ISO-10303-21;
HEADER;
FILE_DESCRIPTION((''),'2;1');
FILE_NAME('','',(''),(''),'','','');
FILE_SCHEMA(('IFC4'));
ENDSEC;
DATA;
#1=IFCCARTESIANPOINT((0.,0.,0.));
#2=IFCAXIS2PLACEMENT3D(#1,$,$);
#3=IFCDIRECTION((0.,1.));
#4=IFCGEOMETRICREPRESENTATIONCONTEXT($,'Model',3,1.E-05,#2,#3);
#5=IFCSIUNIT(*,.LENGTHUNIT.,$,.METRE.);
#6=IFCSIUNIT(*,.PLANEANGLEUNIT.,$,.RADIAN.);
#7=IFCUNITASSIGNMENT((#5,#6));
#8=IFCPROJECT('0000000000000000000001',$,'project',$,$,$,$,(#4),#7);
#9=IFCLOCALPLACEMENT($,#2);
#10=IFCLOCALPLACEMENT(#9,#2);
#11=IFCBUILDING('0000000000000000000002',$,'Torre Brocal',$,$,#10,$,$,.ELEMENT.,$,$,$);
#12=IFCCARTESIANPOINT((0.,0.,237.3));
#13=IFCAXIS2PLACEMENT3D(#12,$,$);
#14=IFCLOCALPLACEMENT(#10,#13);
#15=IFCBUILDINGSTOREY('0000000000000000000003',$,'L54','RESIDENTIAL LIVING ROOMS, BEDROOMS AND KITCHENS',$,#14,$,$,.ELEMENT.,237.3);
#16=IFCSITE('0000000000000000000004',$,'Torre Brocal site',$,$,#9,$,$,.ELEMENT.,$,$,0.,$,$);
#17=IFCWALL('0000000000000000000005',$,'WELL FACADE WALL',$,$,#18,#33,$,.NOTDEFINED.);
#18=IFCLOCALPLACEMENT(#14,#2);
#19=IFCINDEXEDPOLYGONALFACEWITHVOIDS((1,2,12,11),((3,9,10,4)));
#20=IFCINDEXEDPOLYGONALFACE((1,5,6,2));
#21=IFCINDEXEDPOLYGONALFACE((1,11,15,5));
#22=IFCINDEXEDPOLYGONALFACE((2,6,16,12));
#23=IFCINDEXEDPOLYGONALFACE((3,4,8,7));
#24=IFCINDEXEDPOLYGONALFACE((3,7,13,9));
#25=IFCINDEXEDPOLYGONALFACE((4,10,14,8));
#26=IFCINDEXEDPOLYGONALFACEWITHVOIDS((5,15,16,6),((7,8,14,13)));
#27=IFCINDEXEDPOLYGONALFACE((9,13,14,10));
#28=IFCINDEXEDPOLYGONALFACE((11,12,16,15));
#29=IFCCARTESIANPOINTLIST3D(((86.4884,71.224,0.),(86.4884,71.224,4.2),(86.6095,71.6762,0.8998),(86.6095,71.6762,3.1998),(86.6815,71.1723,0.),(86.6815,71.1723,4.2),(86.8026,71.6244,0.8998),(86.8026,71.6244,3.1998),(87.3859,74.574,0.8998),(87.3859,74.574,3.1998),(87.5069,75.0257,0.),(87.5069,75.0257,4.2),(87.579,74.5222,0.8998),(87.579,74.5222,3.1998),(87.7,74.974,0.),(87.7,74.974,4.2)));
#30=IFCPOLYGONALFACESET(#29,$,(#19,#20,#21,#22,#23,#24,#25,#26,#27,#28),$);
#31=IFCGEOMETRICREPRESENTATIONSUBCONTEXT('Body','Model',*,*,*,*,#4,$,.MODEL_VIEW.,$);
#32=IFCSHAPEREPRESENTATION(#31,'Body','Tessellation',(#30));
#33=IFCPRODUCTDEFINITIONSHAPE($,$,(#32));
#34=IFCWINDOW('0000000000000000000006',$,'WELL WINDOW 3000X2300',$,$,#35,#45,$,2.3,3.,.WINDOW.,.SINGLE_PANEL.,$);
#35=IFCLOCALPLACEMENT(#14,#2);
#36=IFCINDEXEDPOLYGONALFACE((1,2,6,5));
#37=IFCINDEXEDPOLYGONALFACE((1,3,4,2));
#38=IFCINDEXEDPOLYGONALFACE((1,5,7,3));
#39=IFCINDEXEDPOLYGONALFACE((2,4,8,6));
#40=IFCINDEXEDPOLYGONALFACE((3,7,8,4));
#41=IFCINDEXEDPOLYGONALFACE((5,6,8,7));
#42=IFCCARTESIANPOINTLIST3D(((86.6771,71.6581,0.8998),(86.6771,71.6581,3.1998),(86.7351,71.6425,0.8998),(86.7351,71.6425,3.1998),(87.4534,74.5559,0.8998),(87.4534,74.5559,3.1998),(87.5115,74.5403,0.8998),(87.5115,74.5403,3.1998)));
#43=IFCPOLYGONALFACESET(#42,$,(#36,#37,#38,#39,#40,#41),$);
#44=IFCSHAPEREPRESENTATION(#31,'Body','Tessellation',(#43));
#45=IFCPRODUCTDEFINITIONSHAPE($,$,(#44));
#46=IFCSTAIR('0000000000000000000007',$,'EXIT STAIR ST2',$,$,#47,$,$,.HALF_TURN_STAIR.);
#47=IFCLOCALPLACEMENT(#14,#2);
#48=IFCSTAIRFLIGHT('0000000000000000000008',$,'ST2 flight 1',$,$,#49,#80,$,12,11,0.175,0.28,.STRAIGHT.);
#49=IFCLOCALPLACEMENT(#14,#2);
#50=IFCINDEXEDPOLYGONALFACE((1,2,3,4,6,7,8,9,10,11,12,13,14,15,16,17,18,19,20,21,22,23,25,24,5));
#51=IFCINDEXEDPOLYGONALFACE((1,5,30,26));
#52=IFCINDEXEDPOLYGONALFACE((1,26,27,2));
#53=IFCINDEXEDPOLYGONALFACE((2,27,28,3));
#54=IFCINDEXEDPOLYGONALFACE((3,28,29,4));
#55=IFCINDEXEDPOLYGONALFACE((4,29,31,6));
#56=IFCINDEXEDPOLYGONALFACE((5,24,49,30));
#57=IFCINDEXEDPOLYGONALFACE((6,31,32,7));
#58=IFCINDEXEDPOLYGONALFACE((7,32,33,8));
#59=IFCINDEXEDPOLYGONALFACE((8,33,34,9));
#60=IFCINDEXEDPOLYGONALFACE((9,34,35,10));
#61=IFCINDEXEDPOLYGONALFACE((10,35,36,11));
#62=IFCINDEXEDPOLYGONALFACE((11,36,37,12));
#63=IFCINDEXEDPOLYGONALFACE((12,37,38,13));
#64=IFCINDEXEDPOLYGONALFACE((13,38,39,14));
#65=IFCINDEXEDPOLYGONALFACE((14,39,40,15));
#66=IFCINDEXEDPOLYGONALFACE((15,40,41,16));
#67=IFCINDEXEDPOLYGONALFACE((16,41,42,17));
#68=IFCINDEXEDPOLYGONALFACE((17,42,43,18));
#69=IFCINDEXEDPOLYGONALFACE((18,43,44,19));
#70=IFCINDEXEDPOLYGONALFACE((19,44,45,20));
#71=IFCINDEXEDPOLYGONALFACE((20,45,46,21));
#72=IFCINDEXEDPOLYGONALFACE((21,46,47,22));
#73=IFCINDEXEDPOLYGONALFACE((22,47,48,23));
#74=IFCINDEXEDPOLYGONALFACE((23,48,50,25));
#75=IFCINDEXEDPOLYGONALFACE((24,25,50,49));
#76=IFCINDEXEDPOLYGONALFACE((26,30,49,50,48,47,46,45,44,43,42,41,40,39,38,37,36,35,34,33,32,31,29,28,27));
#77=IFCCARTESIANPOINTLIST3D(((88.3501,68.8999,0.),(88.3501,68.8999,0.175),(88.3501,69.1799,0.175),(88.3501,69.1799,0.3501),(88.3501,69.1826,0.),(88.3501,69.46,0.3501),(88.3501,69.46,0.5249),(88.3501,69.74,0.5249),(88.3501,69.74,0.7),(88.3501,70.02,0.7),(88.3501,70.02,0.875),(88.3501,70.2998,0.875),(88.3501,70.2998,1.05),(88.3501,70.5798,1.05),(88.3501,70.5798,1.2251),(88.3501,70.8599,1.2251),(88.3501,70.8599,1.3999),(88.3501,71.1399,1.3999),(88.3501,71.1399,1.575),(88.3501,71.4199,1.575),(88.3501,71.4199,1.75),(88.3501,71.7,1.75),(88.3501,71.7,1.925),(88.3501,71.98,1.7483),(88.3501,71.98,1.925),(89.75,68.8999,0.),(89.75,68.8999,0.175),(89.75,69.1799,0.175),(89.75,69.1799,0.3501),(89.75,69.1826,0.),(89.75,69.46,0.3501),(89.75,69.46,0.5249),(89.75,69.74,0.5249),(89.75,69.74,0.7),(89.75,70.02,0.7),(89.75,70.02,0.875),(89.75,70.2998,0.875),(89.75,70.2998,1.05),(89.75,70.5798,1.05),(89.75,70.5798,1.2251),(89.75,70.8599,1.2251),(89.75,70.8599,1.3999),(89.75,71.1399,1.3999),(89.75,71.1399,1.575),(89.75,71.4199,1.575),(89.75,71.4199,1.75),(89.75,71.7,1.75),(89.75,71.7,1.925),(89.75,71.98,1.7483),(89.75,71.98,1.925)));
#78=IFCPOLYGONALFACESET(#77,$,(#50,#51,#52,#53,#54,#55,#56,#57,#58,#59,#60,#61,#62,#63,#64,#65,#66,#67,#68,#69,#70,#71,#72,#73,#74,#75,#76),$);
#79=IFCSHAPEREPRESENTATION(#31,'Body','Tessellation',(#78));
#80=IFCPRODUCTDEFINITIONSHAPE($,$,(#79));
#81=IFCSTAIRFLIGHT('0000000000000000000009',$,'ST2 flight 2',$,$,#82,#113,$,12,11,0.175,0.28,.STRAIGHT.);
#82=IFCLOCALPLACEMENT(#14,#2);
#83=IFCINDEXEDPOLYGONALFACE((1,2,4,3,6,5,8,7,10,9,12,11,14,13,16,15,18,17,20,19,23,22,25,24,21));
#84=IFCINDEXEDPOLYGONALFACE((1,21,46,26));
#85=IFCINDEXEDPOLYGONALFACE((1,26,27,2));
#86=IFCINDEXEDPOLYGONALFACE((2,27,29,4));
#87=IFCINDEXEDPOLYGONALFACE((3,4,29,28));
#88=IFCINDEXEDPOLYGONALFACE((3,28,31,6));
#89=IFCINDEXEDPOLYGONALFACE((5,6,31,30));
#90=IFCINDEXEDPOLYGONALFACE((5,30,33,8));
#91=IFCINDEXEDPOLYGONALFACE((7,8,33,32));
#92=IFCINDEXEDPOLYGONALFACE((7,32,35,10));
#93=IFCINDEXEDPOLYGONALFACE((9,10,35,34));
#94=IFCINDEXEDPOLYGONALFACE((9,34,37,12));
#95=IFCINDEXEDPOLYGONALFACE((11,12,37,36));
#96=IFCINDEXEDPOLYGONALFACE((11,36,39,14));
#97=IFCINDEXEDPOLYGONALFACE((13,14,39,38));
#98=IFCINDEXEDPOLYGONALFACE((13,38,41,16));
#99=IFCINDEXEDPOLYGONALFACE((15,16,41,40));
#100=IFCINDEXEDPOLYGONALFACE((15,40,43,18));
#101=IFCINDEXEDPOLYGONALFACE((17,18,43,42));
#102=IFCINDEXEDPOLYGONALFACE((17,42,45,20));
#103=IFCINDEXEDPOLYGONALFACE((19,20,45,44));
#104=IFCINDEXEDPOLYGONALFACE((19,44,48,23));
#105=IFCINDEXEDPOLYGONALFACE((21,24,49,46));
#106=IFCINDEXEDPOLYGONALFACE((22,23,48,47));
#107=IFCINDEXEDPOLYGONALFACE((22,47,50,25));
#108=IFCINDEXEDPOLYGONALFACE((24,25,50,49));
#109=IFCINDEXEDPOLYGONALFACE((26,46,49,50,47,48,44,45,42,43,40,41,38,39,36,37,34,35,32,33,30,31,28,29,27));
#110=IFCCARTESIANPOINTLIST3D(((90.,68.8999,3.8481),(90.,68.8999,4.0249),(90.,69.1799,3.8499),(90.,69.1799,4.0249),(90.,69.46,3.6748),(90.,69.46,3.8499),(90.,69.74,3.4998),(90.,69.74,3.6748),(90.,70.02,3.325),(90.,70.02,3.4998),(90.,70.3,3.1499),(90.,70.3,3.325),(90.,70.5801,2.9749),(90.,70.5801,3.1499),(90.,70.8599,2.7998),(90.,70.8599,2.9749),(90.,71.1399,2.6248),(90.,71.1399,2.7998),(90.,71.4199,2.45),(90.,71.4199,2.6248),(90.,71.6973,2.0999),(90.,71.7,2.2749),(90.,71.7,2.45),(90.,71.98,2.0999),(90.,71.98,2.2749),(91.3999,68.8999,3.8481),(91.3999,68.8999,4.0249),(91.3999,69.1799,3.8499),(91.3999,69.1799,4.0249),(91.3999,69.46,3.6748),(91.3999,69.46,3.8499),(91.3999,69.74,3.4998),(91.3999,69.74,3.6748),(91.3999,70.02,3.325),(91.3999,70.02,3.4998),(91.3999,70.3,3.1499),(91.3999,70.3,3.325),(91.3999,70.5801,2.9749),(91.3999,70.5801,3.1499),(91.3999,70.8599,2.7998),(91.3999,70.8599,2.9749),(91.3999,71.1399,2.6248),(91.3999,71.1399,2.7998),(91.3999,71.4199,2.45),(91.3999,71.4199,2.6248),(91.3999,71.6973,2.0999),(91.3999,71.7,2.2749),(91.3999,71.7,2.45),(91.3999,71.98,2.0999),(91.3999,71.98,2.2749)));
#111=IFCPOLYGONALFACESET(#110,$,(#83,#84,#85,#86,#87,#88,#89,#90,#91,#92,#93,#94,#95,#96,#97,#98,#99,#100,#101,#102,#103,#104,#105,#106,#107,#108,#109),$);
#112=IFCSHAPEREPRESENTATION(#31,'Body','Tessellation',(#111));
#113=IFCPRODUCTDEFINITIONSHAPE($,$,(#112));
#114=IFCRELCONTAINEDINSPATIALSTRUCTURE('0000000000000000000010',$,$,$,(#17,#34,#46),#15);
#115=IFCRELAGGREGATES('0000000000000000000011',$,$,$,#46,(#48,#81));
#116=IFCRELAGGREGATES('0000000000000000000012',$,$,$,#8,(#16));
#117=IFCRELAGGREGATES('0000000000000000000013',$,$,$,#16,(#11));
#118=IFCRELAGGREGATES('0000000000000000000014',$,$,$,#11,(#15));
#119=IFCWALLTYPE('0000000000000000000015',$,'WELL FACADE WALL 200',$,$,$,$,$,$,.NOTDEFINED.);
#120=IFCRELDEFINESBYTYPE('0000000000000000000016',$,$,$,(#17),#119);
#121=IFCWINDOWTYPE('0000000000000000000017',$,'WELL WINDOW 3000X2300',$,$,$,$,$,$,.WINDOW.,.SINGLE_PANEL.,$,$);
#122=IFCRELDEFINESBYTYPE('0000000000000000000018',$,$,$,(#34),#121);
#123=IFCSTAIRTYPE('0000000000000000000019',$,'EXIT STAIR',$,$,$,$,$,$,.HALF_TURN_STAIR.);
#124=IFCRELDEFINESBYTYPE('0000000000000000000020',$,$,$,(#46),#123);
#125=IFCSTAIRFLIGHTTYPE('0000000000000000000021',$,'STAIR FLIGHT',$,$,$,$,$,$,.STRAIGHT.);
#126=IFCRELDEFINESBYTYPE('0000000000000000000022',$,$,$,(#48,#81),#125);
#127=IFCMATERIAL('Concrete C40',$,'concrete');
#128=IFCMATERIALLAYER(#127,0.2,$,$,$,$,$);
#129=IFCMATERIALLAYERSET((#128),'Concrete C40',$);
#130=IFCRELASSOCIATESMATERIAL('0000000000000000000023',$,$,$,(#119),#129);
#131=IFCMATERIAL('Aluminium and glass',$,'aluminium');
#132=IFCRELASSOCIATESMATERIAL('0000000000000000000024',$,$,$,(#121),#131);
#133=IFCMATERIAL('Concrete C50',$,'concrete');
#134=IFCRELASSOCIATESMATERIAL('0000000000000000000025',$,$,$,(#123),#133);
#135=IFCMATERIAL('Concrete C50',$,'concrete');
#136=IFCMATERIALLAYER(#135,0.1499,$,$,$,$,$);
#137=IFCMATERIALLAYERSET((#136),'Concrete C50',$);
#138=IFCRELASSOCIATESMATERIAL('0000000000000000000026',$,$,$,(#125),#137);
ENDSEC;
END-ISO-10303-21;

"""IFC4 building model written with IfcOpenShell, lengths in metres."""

from ifc_helpers import new_model, si_unit, direction, frame, frame_2d, origin, place, context, subcontext, project, spatial, polyline, rectangle, outline, extrude, material, layer, layer_set, type_object, element, fill, aggregate, save


model = new_model("IFC4")

# Units and contexts
model_context = context("Model", 3, precision=1e-05, world=origin(), true_north=direction((0.0, 1.0)))
body_context = subcontext(model_context, "Body", "Model", "MODEL_VIEW")
ifc_project = project(units=[si_unit("LENGTHUNIT", "METRE"), si_unit("PLANEANGLEUNIT", "RADIAN")], contexts=[model_context])

# Site, building, storey
site_placement = place(None, origin())
site = spatial("IfcSite", under=ifc_project, at=site_placement, Name="Torre Brocal site", CompositionType="ELEMENT", RefElevation=0.0)
building_placement = place(site_placement, origin())
building = spatial("IfcBuilding", under=site, at=building_placement, Name="Torre Brocal", CompositionType="ELEMENT")
storey_placement = place(building_placement, frame((0.0, 0.0, 237.3)))
storey = spatial("IfcBuildingStorey", under=building, at=storey_placement, Name="L54", Description="RESIDENTIAL LIVING ROOMS, BEDROOMS AND KITCHENS", CompositionType="ELEMENT", Elevation=237.3)

# Wall, opening, window
ifc_material_1 = material(Name="Concrete C40", Category="concrete")
ifc_layer_1 = layer(ifc_material_1, 0.2)
ifc_layer_set_1 = layer_set([ifc_layer_1], Name="Concrete C40")
wall_type_1 = type_object("IfcWallType", Name="WELL FACADE WALL 200", PredefinedType="NOTDEFINED", material=ifc_layer_set_1)
ifc_material_2 = material(Name="Aluminium and glass", Category="aluminium")
window_type = type_object("IfcWindowType", Name="WELL WINDOW 3000X2300", PartitioningType="SINGLE_PANEL", PredefinedType="WINDOW", material=ifc_material_2)
wall_1_placement = place(storey_placement, frame((86.585, 71.1982, 0.0), z_axis=(0.0, 0.0, 1.0), x_axis=(0.25879, 0.965934, 0.0)))
wall_1 = element("IfcWall", 1, at=wall_1_placement, inside=storey, type_object=wall_type_1, Name="WELL FACADE WALL", PredefinedType="NOTDEFINED", context=body_context, shape_type="SweptSolid", body=[
    extrude(rectangle(XDim=3.9358, YDim=0.2, at=frame_2d((1.9678, 0.0))), origin(), (0.0, 0.0, 1.0), 4.2),
])
opening_1_placement = place(wall_1_placement, frame((0.468, 0.0, 0.8999)))
opening_1 = element("IfcOpeningElement", 2, at=opening_1_placement, cuts=wall_1, PredefinedType="OPENING", context=body_context, shape_type="SweptSolid", body=[
    extrude(rectangle(XDim=3.0, YDim=2.3, at=frame_2d((1.5, 1.1499))), frame((0.0, 0.1099, 0.0), z_axis=(0.0, -1.0, 0.0), x_axis=(1.0, 0.0, 0.0)), (0.0, 0.0, 1.0), 0.22),
])
window_1_placement = place(opening_1_placement, origin())
window_1 = element("IfcWindow", 3, at=window_1_placement, inside=storey, type_object=window_type, Name="WELL WINDOW 3000X2300", OverallHeight=2.3, OverallWidth=3.0, PartitioningType="SINGLE_PANEL", PredefinedType="WINDOW", context=body_context, shape_type="SweptSolid", body=[
    extrude(rectangle(XDim=3.0, YDim=2.3, at=frame_2d((1.5, 1.1499))), frame((0.0, 0.03, 0.0), z_axis=(0.0, -1.0, 0.0), x_axis=(1.0, 0.0, 0.0)), (0.0, 0.0, 1.0), 0.0601),
])
fill(opening_1, window_1)

# Stair, stair flights
ifc_material_3 = material(Name="Concrete C50", Category="concrete")
stair_type = type_object("IfcStairType", Name="EXIT STAIR", PredefinedType="HALF_TURN_STAIR", material=ifc_material_3)
stair_placement = place(storey_placement, origin())
stair = element("IfcStair", 4, at=stair_placement, inside=storey, type_object=stair_type, Name="EXIT STAIR ST2", PredefinedType="HALF_TURN_STAIR")
ifc_material_4 = material(Name="Concrete C50", Category="concrete")
ifc_layer_2 = layer(ifc_material_4, 0.1499)
ifc_layer_set_2 = layer_set([ifc_layer_2], Name="Concrete C50")
stair_flight_type = type_object("IfcStairFlightType", Name="STAIR FLIGHT", PredefinedType="STRAIGHT", material=ifc_layer_set_2)
stair_flight_1_placement = place(storey_placement, frame((89.05, 68.8999, 0.0), z_axis=(0.0, 0.0, 1.0), x_axis=(0.0, 1.0, 0.0)))
stair_flight_1 = element("IfcStairFlight", 5, at=stair_flight_1_placement, type_object=stair_flight_type, Name="ST2 flight 1", NumberOfRisers=12, NumberOfTreads=11, PredefinedType="STRAIGHT", RiserHeight=0.175, TreadLength=0.28, context=body_context, shape_type="SweptSolid", body=[
    extrude(outline(polyline([(0.0, 0.0), (0.0, 0.175), (0.28, 0.175), (0.28, 0.3501), (0.5601, 0.3501), (0.5601, 0.5249), (0.8401, 0.5249), (0.8401, 0.7), (1.1201, 0.7), (1.1201, 0.875), (1.3999, 0.875), (1.3999, 1.05), (1.6799, 1.05), (1.6799, 1.2251), (1.96, 1.2251), (1.96, 1.3999), (2.24, 1.3999), (2.24, 1.575), (2.52, 1.575), (2.52, 1.75), (2.8, 1.75), (2.8, 1.925), (3.0801, 1.925), (3.0801, 2.1001), (3.0801, 1.7483), (0.2827, 0.0), (0.0, 0.0)])), frame((0.0, 0.7, 0.0), z_axis=(0.0, -1.0, 0.0), x_axis=(1.0, 0.0, 0.0)), (0.0, 0.0, 1.0), 1.3999),
])
stair_flight_2_placement = place(storey_placement, frame((90.7, 71.98, 2.0999), z_axis=(0.0, 0.0, 1.0), x_axis=(0.0, -1.0, 0.0)))
stair_flight_2 = element("IfcStairFlight", 6, at=stair_flight_2_placement, type_object=stair_flight_type, Name="ST2 flight 2", NumberOfRisers=12, NumberOfTreads=11, PredefinedType="STRAIGHT", RiserHeight=0.175, TreadLength=0.28, context=body_context, shape_type="SweptSolid", body=[
    extrude(outline(polyline([(0.0, 0.0), (0.0, 0.175), (0.28, 0.175), (0.28, 0.3501), (0.5601, 0.3501), (0.5601, 0.5249), (0.8401, 0.5249), (0.8401, 0.7), (1.1201, 0.7), (1.1201, 0.875), (1.3999, 0.875), (1.3999, 1.05), (1.6799, 1.05), (1.6799, 1.2251), (1.96, 1.2251), (1.96, 1.3999), (2.24, 1.3999), (2.24, 1.575), (2.52, 1.575), (2.52, 1.75), (2.8, 1.75), (2.8, 1.925), (3.0801, 1.925), (3.0801, 2.1001), (3.0801, 1.7483), (0.2827, 0.0), (0.0, 0.0)])), frame((0.0, 0.7, 0.0), z_axis=(0.0, -1.0, 0.0), x_axis=(1.0, 0.0, 0.0)), (0.0, 0.0, 1.0), 1.3999),
])
aggregate(stair, [stair_flight_1, stair_flight_2])

save(model, "model.ifc")
